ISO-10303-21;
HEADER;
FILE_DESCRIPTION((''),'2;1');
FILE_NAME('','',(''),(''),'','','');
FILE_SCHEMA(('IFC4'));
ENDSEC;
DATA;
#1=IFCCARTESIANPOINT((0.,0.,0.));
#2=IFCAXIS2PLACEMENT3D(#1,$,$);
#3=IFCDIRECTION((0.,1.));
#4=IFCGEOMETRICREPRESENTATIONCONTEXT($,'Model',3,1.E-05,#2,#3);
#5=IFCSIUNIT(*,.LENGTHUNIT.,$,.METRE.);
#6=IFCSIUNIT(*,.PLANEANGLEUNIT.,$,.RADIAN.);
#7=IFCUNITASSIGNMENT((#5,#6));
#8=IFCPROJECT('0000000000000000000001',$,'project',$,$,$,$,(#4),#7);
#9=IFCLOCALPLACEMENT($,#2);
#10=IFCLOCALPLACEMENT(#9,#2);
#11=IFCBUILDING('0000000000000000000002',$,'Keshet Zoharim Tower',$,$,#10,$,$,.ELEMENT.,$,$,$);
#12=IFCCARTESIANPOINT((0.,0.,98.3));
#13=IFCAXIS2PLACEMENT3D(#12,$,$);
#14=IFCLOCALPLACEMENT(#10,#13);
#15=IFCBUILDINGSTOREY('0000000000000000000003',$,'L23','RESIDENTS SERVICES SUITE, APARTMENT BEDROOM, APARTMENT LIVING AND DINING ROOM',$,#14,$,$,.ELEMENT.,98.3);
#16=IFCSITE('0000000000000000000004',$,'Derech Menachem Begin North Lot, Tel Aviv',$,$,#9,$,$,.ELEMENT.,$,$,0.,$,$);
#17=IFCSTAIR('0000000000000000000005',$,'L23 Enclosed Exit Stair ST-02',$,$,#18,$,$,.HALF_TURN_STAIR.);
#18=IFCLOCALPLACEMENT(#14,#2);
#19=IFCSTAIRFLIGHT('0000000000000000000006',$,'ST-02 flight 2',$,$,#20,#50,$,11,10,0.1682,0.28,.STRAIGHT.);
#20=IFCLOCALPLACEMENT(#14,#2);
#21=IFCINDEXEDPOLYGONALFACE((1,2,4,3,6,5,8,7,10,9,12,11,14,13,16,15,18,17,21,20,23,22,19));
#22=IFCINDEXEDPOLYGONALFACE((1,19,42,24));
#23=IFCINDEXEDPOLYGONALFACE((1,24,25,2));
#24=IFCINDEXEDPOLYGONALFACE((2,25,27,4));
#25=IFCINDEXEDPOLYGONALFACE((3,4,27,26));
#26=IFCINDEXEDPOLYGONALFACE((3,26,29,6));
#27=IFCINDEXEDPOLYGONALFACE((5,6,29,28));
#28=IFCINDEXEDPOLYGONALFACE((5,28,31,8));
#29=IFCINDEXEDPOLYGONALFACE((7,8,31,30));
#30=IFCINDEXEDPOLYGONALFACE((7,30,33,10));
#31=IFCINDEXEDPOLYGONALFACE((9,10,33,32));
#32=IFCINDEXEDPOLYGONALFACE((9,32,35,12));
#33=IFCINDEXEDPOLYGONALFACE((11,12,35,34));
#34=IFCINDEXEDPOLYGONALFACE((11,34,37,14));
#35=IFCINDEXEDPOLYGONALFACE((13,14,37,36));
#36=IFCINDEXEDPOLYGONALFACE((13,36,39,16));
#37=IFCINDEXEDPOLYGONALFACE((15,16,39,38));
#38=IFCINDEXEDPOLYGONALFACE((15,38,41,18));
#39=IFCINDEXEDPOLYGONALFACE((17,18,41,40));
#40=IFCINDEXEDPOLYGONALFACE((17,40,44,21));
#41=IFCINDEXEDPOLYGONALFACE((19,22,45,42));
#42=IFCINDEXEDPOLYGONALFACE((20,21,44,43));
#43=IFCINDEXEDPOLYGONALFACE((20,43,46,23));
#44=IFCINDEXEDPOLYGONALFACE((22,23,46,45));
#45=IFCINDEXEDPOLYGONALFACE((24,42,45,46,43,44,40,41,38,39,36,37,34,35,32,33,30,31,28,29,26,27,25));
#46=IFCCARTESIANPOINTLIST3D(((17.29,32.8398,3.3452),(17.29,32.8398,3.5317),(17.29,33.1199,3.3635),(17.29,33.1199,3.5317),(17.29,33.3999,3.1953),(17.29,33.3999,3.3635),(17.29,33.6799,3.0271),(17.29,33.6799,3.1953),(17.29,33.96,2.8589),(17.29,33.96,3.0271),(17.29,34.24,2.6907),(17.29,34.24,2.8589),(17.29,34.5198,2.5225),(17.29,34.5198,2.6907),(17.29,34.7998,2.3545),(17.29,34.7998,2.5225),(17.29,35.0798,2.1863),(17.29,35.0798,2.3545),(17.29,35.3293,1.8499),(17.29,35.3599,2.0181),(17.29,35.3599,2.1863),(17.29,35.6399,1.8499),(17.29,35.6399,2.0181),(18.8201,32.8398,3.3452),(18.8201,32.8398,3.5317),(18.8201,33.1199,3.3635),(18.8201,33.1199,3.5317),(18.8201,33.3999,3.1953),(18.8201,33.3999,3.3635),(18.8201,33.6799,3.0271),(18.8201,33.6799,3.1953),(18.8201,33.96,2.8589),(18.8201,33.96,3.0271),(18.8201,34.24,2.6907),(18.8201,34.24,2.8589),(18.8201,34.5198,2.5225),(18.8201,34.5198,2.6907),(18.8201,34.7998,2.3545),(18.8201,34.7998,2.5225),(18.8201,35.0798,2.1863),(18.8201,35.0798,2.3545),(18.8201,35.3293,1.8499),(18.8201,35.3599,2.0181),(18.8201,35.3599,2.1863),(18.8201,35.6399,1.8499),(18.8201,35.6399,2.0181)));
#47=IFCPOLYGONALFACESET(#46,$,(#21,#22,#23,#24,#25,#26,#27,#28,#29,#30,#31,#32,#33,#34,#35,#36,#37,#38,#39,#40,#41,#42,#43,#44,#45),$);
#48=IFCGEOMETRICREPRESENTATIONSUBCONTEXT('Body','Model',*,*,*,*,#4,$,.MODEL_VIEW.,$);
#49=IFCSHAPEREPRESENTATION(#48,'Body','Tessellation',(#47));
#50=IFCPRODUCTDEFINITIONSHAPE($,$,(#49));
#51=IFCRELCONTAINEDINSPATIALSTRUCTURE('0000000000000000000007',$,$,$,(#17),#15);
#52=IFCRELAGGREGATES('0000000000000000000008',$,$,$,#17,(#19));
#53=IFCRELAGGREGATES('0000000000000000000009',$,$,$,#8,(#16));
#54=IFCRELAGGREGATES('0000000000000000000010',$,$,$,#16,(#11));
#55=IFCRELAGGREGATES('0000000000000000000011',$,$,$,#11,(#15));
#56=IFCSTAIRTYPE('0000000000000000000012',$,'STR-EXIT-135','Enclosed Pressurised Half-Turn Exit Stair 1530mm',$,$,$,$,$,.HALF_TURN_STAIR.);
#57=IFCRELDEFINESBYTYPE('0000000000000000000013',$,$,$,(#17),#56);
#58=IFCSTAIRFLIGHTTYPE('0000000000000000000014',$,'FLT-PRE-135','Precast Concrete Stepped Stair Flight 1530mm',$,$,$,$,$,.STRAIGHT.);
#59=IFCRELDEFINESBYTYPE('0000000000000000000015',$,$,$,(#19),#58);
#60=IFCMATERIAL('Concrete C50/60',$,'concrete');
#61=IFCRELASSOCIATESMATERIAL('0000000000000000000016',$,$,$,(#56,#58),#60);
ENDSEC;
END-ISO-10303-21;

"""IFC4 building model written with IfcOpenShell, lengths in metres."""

from ifc_helpers import new_model, si_unit, direction, frame, origin, place, context, subcontext, project, spatial, polyline, outline, extrude, material, type_object, element, aggregate, save


model = new_model("IFC4")

# Units and contexts
model_context = context("Model", 3, precision=1e-05, world=origin(), true_north=direction((0.0, 1.0)))
body_context = subcontext(model_context, "Body", "Model", "MODEL_VIEW")
ifc_project = project(units=[si_unit("LENGTHUNIT", "METRE"), si_unit("PLANEANGLEUNIT", "RADIAN")], contexts=[model_context])

# Site, building, storey
site_placement = place(None, origin())
site = spatial("IfcSite", under=ifc_project, at=site_placement, Name="Derech Menachem Begin North Lot, Tel Aviv", CompositionType="ELEMENT", RefElevation=0.0)
building_placement = place(site_placement, origin())
building = spatial("IfcBuilding", under=site, at=building_placement, Name="Keshet Zoharim Tower", CompositionType="ELEMENT")
storey_placement = place(building_placement, frame((0.0, 0.0, 98.3)))
storey = spatial("IfcBuildingStorey", under=building, at=storey_placement, Name="L23", Description="RESIDENTS SERVICES SUITE, APARTMENT BEDROOM, APARTMENT LIVING AND DINING ROOM", CompositionType="ELEMENT", Elevation=98.3)

# Shared definitions
ifc_material_1 = material(Name="Concrete C50/60", Category="concrete")

# Stair, stair flight
stair_type = type_object("IfcStairType", Name="STR-EXIT-135", Description="Enclosed Pressurised Half-Turn Exit Stair 1530mm", PredefinedType="HALF_TURN_STAIR", material=ifc_material_1)
stair_placement = place(storey_placement, origin())
stair = element("IfcStair", 1, at=stair_placement, inside=storey, type_object=stair_type, Name="L23 Enclosed Exit Stair ST-02", PredefinedType="HALF_TURN_STAIR")
stair_flight_type = type_object("IfcStairFlightType", Name="FLT-PRE-135", Description="Precast Concrete Stepped Stair Flight 1530mm", PredefinedType="STRAIGHT", material=ifc_material_1)
stair_flight_placement = place(storey_placement, frame((18.0549, 35.6399, 1.8499), z_axis=(0.0, 0.0, 1.0), x_axis=(0.0, -1.0, 0.0)))
stair_flight = element("IfcStairFlight", 2, at=stair_flight_placement, type_object=stair_flight_type, Name="ST-02 flight 2", NumberOfRisers=11, NumberOfTreads=10, PredefinedType="STRAIGHT", RiserHeight=0.1682, TreadLength=0.28, context=body_context, shape_type="SweptSolid", body=[
    extrude(outline(polyline([(0.0, 0.0), (0.0, 0.1682), (0.28, 0.1682), (0.28, 0.3364), (0.5601, 0.3364), (0.5601, 0.5046), (0.8401, 0.5046), (0.8401, 0.6726), (1.1201, 0.6726), (1.1201, 0.8408), (1.3999, 0.8408), (1.3999, 1.009), (1.6799, 1.009), (1.6799, 1.1772), (1.96, 1.1772), (1.96, 1.3455), (2.24, 1.3455), (2.24, 1.5137), (2.52, 1.5137), (2.52, 1.6819), (2.8, 1.6819), (2.8, 1.8501), (2.8, 1.4954), (0.3105, 0.0), (0.0, 0.0)])), frame((0.0, 0.7651, 0.0), z_axis=(0.0, -1.0, 0.0), x_axis=(1.0, 0.0, 0.0)), (0.0, 0.0, 1.0), 1.53),
])
aggregate(stair, [stair_flight])

save(model, "model.ifc")
